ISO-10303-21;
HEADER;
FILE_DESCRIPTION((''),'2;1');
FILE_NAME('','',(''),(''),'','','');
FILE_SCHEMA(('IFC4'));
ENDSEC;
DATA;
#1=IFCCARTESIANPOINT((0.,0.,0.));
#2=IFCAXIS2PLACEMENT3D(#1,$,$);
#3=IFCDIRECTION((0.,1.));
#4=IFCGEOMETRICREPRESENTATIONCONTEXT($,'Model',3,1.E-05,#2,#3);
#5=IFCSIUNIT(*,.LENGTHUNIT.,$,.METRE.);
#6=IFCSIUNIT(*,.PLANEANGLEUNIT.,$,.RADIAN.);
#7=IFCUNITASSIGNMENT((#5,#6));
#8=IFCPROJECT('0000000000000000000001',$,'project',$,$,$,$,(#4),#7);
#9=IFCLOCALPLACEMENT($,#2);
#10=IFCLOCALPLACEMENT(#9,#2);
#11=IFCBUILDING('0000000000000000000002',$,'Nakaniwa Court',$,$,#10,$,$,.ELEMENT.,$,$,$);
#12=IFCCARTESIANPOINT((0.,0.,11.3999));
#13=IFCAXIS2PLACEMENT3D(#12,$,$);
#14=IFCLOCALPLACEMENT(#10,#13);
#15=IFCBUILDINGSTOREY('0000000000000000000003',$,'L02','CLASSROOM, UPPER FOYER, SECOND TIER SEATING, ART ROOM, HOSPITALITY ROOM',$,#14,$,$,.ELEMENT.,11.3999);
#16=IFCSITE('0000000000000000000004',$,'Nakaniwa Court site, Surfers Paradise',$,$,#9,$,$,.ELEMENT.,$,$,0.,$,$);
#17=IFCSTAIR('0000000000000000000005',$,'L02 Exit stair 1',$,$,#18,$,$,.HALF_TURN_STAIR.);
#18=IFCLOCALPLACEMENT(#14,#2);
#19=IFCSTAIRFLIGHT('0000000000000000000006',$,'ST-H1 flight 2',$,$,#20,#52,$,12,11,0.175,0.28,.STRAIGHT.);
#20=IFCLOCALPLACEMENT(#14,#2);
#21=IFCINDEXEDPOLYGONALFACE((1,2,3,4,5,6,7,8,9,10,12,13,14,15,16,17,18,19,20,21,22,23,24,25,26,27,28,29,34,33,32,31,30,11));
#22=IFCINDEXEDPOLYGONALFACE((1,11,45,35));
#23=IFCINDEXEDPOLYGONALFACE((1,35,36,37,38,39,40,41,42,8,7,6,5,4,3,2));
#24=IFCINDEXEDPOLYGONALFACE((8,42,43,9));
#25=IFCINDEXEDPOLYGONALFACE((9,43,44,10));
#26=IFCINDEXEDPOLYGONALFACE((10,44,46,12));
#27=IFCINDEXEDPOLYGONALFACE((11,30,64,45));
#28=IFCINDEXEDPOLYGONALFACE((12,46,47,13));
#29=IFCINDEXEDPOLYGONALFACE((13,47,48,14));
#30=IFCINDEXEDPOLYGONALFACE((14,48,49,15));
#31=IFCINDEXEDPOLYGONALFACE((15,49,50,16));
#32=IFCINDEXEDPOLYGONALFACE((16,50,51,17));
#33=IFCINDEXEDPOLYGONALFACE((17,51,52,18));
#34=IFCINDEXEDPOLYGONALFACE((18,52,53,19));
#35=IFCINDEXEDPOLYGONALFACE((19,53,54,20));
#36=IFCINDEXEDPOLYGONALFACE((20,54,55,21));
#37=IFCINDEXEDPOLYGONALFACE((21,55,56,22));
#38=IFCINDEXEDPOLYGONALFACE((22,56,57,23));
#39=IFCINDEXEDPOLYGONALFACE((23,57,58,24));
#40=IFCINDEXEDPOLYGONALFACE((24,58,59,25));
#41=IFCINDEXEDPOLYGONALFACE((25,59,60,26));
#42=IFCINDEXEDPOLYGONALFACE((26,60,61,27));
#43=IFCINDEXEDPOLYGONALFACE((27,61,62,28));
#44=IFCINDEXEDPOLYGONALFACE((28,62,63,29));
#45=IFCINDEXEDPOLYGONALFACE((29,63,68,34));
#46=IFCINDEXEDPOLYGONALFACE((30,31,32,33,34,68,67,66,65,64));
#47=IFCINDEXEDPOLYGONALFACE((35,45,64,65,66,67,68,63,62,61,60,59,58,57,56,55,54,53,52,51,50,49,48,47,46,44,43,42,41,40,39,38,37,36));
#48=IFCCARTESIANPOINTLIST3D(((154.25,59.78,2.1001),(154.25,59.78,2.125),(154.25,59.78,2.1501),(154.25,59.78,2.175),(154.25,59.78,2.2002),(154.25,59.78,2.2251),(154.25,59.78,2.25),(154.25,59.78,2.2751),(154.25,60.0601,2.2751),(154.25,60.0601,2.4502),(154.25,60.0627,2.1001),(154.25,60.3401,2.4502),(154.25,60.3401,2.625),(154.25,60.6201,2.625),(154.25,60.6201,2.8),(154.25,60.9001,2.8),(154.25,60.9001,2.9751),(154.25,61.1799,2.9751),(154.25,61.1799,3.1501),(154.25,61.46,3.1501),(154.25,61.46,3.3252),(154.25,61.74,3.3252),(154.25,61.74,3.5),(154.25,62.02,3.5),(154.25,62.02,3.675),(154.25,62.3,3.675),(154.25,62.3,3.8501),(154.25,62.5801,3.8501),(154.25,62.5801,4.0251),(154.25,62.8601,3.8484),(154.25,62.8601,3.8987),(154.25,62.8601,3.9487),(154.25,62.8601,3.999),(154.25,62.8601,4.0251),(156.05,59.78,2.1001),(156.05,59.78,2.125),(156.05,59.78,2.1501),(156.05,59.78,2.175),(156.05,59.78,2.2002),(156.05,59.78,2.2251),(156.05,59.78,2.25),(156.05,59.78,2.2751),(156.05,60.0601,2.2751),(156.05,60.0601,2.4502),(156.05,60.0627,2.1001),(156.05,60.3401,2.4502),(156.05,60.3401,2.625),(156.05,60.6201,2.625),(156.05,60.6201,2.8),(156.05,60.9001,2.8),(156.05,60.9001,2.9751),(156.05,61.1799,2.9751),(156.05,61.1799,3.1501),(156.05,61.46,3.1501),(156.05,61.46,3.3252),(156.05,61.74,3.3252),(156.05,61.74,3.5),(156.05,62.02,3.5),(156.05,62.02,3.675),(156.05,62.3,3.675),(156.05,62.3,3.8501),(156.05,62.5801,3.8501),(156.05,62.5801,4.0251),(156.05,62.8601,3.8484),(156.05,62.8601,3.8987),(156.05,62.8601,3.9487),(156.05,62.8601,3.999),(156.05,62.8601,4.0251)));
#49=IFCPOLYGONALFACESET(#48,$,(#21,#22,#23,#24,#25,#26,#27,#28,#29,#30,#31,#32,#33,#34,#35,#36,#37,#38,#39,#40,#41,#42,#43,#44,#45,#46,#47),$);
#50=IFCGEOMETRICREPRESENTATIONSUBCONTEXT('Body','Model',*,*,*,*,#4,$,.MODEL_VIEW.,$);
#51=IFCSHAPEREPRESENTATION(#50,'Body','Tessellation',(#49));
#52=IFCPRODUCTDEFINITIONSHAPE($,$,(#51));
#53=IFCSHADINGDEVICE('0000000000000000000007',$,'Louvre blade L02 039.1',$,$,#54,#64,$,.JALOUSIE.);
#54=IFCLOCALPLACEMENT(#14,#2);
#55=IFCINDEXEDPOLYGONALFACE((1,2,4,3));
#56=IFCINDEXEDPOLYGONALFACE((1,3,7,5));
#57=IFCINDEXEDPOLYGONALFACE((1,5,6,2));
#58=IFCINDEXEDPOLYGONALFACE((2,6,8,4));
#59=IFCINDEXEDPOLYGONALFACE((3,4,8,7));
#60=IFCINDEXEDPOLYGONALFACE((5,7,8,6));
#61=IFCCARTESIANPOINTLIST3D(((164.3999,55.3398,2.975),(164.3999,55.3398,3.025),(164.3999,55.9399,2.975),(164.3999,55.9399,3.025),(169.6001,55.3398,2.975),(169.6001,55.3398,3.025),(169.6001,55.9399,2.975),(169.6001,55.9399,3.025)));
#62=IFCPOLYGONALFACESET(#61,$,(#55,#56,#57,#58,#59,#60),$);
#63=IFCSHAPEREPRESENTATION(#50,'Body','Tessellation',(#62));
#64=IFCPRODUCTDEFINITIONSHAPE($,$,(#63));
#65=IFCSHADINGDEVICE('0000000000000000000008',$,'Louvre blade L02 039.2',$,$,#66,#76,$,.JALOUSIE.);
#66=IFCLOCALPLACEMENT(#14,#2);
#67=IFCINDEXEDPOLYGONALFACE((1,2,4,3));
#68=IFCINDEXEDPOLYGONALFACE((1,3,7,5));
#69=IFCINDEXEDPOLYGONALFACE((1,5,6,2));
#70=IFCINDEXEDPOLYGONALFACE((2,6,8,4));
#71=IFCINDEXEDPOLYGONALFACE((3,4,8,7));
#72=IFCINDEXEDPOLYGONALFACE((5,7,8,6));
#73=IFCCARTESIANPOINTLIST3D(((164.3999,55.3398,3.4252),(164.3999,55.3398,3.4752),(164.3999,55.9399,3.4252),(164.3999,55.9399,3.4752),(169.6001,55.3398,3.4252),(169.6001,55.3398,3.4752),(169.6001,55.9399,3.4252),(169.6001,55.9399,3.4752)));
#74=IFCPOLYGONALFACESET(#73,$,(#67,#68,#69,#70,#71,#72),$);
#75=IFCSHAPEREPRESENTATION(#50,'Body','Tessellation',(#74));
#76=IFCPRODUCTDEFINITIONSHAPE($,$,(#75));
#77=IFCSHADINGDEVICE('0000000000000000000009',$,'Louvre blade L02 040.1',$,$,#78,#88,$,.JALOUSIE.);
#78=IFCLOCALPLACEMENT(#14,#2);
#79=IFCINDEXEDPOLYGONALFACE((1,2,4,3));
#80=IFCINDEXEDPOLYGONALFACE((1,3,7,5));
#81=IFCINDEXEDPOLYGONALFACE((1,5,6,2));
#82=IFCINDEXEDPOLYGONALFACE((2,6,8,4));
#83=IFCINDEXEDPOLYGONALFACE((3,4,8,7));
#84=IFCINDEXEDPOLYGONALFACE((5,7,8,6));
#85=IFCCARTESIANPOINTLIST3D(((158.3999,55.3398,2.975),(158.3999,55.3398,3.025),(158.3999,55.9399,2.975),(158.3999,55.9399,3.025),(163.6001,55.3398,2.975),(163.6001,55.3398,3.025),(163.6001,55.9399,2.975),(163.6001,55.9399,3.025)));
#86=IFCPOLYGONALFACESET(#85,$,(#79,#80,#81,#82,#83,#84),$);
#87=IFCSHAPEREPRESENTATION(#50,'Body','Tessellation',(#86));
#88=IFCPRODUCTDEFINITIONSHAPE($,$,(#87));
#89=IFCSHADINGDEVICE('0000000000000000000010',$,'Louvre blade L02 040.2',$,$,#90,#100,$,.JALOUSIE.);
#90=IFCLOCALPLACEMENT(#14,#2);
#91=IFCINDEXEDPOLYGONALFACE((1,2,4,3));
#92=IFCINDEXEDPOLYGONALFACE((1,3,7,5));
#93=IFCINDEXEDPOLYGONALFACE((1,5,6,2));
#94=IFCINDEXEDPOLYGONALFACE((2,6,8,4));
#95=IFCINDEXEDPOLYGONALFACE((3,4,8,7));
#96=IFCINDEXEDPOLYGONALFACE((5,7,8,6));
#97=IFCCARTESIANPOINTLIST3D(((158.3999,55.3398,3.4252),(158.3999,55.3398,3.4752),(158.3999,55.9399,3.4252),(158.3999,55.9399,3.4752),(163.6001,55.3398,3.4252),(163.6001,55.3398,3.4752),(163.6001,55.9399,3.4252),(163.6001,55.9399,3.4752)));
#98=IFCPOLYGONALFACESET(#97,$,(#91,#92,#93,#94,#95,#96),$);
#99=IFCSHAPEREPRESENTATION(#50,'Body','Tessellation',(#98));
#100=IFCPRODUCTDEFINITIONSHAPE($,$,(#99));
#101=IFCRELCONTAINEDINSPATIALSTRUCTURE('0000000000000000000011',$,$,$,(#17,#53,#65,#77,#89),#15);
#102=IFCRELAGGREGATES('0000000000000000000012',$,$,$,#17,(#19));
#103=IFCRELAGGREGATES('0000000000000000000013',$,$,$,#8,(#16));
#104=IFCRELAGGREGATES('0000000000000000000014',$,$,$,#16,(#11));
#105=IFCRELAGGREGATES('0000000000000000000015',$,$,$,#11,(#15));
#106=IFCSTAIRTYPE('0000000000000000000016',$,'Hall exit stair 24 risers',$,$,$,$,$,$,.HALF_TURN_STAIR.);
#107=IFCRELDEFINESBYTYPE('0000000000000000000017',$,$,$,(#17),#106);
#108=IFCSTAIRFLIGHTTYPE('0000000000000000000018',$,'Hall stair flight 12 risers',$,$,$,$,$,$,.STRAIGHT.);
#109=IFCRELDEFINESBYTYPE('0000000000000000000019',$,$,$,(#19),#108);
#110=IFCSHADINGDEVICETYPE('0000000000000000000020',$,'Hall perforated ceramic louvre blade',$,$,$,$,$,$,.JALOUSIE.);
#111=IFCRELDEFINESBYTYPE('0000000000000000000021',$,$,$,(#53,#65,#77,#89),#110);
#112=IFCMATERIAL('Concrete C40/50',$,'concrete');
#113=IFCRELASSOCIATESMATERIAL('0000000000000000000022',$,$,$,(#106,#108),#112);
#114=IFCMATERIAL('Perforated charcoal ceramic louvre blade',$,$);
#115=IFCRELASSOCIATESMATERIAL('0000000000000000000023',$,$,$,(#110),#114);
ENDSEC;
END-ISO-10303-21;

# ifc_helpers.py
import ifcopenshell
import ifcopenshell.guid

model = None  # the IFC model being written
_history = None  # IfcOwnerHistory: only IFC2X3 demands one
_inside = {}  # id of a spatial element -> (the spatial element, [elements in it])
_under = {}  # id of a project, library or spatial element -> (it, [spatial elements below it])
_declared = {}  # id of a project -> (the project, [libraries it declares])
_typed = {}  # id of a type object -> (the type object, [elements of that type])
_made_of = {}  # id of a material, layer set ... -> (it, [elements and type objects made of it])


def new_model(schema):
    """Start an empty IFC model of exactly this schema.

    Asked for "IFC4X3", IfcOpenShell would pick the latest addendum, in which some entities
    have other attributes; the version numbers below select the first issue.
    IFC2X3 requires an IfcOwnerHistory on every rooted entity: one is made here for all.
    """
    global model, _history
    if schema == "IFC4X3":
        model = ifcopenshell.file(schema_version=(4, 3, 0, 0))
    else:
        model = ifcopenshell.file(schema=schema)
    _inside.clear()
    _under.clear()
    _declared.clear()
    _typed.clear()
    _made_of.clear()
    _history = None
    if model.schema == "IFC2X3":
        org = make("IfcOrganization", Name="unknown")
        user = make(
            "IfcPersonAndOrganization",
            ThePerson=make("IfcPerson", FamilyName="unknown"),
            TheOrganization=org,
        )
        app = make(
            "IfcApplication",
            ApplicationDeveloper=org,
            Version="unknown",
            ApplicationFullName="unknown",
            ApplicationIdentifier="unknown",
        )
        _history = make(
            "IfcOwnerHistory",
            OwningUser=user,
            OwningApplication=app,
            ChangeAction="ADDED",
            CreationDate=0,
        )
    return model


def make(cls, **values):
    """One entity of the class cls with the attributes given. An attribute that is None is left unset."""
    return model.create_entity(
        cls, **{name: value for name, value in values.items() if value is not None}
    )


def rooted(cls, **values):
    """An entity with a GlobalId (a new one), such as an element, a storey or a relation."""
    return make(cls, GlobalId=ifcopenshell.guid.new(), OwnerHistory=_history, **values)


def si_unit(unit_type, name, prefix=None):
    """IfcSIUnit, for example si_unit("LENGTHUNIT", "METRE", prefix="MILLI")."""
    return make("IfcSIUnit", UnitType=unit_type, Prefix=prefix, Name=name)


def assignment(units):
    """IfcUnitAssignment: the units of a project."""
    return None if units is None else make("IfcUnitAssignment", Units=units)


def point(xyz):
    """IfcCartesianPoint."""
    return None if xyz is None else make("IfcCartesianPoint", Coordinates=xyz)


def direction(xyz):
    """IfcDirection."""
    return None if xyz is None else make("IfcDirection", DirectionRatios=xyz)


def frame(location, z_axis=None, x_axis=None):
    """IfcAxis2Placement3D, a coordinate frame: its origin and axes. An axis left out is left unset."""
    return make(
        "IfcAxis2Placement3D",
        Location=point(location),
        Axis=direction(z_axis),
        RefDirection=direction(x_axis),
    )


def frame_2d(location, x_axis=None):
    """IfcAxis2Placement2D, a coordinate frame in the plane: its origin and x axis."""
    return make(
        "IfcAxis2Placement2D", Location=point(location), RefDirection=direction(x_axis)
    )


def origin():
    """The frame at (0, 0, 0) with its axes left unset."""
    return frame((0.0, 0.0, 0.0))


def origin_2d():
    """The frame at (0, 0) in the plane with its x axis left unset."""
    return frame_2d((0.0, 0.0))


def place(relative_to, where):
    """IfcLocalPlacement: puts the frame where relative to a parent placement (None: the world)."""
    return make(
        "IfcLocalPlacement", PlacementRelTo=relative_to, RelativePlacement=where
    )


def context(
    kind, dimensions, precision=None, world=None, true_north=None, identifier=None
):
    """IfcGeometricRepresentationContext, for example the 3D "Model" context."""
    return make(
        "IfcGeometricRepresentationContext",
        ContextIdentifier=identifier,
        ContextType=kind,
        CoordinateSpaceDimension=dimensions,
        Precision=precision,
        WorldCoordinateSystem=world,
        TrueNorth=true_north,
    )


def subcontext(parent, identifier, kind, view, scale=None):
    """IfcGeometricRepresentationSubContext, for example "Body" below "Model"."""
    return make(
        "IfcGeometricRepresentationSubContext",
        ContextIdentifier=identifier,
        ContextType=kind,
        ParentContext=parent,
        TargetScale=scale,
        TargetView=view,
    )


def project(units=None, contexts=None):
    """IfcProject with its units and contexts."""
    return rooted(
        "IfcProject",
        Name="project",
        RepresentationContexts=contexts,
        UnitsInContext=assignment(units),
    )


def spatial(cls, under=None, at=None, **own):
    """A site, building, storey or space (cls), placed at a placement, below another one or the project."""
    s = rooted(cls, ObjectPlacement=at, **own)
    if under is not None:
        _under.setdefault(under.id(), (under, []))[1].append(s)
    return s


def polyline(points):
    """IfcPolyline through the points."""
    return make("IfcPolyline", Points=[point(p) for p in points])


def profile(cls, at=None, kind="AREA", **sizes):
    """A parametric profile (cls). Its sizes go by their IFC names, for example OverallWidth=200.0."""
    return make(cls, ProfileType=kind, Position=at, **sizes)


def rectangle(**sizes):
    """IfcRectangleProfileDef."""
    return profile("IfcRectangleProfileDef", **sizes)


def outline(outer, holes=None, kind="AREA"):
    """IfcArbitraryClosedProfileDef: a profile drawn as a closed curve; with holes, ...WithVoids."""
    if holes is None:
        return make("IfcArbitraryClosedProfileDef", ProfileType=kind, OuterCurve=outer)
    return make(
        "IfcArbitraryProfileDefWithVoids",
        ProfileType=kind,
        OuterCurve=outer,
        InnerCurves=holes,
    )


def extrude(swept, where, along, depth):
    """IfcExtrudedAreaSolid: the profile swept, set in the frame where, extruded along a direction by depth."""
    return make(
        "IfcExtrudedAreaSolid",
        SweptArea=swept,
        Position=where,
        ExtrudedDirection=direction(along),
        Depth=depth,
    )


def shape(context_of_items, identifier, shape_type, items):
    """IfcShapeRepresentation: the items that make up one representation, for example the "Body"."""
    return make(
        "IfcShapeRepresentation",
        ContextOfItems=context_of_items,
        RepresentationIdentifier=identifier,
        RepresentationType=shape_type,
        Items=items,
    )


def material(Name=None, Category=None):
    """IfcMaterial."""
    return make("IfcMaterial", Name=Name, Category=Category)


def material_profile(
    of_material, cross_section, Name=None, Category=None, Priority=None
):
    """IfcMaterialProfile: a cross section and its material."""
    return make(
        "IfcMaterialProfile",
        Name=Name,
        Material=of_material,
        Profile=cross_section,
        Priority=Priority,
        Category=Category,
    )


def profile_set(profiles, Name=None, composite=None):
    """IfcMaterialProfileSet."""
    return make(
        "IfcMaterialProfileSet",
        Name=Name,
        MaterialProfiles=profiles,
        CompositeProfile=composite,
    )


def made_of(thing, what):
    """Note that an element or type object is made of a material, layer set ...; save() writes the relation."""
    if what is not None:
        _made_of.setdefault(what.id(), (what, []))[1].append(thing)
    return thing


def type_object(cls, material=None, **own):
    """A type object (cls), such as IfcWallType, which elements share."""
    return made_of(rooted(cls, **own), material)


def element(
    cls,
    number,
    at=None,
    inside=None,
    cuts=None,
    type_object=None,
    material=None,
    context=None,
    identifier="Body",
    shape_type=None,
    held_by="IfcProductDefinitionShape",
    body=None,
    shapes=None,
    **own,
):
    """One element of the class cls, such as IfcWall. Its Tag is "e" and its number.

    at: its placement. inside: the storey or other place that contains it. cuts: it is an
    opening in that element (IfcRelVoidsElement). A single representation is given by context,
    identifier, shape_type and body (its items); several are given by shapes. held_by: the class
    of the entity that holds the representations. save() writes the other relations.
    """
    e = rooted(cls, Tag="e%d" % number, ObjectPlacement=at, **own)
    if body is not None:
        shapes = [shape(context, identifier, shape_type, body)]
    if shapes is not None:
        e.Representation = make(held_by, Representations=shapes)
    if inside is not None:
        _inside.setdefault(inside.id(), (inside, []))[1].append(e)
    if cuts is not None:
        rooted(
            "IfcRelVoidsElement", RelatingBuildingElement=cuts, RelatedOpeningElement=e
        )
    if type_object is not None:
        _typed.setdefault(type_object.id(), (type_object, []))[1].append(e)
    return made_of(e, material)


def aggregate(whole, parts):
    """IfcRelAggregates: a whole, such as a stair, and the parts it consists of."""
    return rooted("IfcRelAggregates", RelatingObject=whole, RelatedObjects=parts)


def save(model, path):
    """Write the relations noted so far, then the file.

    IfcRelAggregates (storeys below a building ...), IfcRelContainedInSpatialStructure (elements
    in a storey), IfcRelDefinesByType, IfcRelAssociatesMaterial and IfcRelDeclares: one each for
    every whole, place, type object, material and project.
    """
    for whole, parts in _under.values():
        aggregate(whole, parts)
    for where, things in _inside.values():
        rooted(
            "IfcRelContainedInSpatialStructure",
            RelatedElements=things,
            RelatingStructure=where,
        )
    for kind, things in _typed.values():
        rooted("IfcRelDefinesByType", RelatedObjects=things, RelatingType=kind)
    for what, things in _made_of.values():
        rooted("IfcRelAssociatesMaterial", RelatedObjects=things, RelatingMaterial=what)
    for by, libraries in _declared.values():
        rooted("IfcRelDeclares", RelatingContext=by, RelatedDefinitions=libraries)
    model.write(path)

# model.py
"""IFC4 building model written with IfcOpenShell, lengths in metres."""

from ifc_helpers import new_model, si_unit, direction, frame, origin, origin_2d, place, context, subcontext, project, spatial, polyline, rectangle, outline, extrude, material, material_profile, profile_set, type_object, element, aggregate, save


model = new_model("IFC4")

# Units and contexts
model_context = context("Model", 3, precision=1e-05, world=origin(), true_north=direction((0.0, 1.0)))
body_context = subcontext(model_context, "Body", "Model", "MODEL_VIEW")
ifc_project = project(units=[si_unit("LENGTHUNIT", "METRE"), si_unit("PLANEANGLEUNIT", "RADIAN")], contexts=[model_context])

# Site, building, storey
site_placement = place(None, origin())
site = spatial("IfcSite", under=ifc_project, at=site_placement, Name="Nakaniwa Court site, Surfers Paradise", CompositionType="ELEMENT", RefElevation=0.0)
building_placement = place(site_placement, origin())
building = spatial("IfcBuilding", under=site, at=building_placement, Name="Nakaniwa Court", CompositionType="ELEMENT")
storey_placement = place(building_placement, frame((0.0, 0.0, 11.3999)))
storey = spatial("IfcBuildingStorey", under=building, at=storey_placement, Name="L02", Description="CLASSROOM, UPPER FOYER, SECOND TIER SEATING, ART ROOM, HOSPITALITY ROOM", CompositionType="ELEMENT", Elevation=11.3999)

# Shared definitions
ifc_material_1 = material(Name="Concrete C40/50", Category="concrete")

# Stair, stair flight
stair_type = type_object("IfcStairType", Name="Hall exit stair 24 risers", PredefinedType="HALF_TURN_STAIR", material=ifc_material_1)
stair_placement = place(storey_placement, origin())
stair = element("IfcStair", 1, at=stair_placement, inside=storey, type_object=stair_type, Name="L02 Exit stair 1", PredefinedType="HALF_TURN_STAIR")
stair_flight_type = type_object("IfcStairFlightType", Name="Hall stair flight 12 risers", PredefinedType="STRAIGHT", material=ifc_material_1)
stair_flight_placement = place(storey_placement, frame((155.1499, 59.78, 2.1001), z_axis=(0.0, 0.0, 1.0), x_axis=(0.0, 1.0, 0.0)))
stair_flight = element("IfcStairFlight", 2, at=stair_flight_placement, type_object=stair_flight_type, Name="ST-H1 flight 2", NumberOfRisers=12, NumberOfTreads=11, PredefinedType="STRAIGHT", RiserHeight=0.175, TreadLength=0.28, context=body_context, shape_type="SweptSolid", body=[
    extrude(outline(polyline([(0.0, 0.0), (0.0, 0.0249), (0.0, 0.05), (0.0, 0.075), (0.0, 0.1001), (0.0, 0.125), (0.0, 0.1499), (0.0, 0.175), (0.28, 0.175), (0.28, 0.3501), (0.5601, 0.3501), (0.5601, 0.5249), (0.8401, 0.5249), (0.8401, 0.7), (1.1201, 0.7), (1.1201, 0.875), (1.3999, 0.875), (1.3999, 1.05), (1.6799, 1.05), (1.6799, 1.2251), (1.96, 1.2251), (1.96, 1.3999), (2.24, 1.3999), (2.24, 1.575), (2.52, 1.575), (2.52, 1.75), (2.8, 1.75), (2.8, 1.925), (3.0801, 1.925), (3.0801, 2.1001), (3.0801, 2.0498), (3.0801, 1.9995), (3.0801, 1.9492), (3.0801, 1.8989), (3.0801, 1.8486), (3.0801, 1.7986), (3.0801, 1.7483), (0.2827, 0.0), (0.0, 0.0)])), frame((0.0, 0.8999, 0.0), z_axis=(0.0, -1.0, 0.0), x_axis=(1.0, 0.0, 0.0)), (0.0, 0.0, 1.0), 1.8),
])
aggregate(stair, [stair_flight])

# Shading devices
ifc_material_2 = material(Name="Perforated charcoal ceramic louvre blade")
ifc_material_profile_1 = material_profile(ifc_material_2, rectangle(XDim=0.6001, YDim=0.05, at=origin_2d()), Name="Hall perforated ceramic louvre blade")
ifc_profile_set_1 = profile_set([ifc_material_profile_1], Name="Perforated charcoal ceramic louvre blade")
shading_device_type = type_object("IfcShadingDeviceType", Name="Hall perforated ceramic louvre blade", PredefinedType="JALOUSIE", material=ifc_profile_set_1)
for number, where, z_axis, x_axis, name in (
    (3, (169.6001, 55.6399, 3.0), (-1.0, 0.0, 0.0), (0.0, -1.0, 0.0), "Louvre blade L02 039.1"),
    (4, (169.6001, 55.6399, 3.4502), (-1.0, 0.0, 0.0), (0.0, -1.0, 0.0), "Louvre blade L02 039.2"),
    (5, (163.6001, 55.6399, 3.0), (-1.0, 0.0, 0.0), (0.0, -1.0, 0.0), "Louvre blade L02 040.1"),
    (6, (163.6001, 55.6399, 3.4502), (-1.0, 0.0, 0.0), (0.0, -1.0, 0.0), "Louvre blade L02 040.2"),
):
    element("IfcShadingDevice", number, at=place(storey_placement, frame(where, z_axis=z_axis, x_axis=x_axis)), inside=storey, type_object=shading_device_type, Name=name, PredefinedType="JALOUSIE", context=body_context, shape_type="SweptSolid", body=[
        extrude(rectangle(XDim=0.6001, YDim=0.05, at=origin_2d()), origin(), (0.0, 0.0, 1.0), 5.2002),
    ])

save(model, "model.ifc")
